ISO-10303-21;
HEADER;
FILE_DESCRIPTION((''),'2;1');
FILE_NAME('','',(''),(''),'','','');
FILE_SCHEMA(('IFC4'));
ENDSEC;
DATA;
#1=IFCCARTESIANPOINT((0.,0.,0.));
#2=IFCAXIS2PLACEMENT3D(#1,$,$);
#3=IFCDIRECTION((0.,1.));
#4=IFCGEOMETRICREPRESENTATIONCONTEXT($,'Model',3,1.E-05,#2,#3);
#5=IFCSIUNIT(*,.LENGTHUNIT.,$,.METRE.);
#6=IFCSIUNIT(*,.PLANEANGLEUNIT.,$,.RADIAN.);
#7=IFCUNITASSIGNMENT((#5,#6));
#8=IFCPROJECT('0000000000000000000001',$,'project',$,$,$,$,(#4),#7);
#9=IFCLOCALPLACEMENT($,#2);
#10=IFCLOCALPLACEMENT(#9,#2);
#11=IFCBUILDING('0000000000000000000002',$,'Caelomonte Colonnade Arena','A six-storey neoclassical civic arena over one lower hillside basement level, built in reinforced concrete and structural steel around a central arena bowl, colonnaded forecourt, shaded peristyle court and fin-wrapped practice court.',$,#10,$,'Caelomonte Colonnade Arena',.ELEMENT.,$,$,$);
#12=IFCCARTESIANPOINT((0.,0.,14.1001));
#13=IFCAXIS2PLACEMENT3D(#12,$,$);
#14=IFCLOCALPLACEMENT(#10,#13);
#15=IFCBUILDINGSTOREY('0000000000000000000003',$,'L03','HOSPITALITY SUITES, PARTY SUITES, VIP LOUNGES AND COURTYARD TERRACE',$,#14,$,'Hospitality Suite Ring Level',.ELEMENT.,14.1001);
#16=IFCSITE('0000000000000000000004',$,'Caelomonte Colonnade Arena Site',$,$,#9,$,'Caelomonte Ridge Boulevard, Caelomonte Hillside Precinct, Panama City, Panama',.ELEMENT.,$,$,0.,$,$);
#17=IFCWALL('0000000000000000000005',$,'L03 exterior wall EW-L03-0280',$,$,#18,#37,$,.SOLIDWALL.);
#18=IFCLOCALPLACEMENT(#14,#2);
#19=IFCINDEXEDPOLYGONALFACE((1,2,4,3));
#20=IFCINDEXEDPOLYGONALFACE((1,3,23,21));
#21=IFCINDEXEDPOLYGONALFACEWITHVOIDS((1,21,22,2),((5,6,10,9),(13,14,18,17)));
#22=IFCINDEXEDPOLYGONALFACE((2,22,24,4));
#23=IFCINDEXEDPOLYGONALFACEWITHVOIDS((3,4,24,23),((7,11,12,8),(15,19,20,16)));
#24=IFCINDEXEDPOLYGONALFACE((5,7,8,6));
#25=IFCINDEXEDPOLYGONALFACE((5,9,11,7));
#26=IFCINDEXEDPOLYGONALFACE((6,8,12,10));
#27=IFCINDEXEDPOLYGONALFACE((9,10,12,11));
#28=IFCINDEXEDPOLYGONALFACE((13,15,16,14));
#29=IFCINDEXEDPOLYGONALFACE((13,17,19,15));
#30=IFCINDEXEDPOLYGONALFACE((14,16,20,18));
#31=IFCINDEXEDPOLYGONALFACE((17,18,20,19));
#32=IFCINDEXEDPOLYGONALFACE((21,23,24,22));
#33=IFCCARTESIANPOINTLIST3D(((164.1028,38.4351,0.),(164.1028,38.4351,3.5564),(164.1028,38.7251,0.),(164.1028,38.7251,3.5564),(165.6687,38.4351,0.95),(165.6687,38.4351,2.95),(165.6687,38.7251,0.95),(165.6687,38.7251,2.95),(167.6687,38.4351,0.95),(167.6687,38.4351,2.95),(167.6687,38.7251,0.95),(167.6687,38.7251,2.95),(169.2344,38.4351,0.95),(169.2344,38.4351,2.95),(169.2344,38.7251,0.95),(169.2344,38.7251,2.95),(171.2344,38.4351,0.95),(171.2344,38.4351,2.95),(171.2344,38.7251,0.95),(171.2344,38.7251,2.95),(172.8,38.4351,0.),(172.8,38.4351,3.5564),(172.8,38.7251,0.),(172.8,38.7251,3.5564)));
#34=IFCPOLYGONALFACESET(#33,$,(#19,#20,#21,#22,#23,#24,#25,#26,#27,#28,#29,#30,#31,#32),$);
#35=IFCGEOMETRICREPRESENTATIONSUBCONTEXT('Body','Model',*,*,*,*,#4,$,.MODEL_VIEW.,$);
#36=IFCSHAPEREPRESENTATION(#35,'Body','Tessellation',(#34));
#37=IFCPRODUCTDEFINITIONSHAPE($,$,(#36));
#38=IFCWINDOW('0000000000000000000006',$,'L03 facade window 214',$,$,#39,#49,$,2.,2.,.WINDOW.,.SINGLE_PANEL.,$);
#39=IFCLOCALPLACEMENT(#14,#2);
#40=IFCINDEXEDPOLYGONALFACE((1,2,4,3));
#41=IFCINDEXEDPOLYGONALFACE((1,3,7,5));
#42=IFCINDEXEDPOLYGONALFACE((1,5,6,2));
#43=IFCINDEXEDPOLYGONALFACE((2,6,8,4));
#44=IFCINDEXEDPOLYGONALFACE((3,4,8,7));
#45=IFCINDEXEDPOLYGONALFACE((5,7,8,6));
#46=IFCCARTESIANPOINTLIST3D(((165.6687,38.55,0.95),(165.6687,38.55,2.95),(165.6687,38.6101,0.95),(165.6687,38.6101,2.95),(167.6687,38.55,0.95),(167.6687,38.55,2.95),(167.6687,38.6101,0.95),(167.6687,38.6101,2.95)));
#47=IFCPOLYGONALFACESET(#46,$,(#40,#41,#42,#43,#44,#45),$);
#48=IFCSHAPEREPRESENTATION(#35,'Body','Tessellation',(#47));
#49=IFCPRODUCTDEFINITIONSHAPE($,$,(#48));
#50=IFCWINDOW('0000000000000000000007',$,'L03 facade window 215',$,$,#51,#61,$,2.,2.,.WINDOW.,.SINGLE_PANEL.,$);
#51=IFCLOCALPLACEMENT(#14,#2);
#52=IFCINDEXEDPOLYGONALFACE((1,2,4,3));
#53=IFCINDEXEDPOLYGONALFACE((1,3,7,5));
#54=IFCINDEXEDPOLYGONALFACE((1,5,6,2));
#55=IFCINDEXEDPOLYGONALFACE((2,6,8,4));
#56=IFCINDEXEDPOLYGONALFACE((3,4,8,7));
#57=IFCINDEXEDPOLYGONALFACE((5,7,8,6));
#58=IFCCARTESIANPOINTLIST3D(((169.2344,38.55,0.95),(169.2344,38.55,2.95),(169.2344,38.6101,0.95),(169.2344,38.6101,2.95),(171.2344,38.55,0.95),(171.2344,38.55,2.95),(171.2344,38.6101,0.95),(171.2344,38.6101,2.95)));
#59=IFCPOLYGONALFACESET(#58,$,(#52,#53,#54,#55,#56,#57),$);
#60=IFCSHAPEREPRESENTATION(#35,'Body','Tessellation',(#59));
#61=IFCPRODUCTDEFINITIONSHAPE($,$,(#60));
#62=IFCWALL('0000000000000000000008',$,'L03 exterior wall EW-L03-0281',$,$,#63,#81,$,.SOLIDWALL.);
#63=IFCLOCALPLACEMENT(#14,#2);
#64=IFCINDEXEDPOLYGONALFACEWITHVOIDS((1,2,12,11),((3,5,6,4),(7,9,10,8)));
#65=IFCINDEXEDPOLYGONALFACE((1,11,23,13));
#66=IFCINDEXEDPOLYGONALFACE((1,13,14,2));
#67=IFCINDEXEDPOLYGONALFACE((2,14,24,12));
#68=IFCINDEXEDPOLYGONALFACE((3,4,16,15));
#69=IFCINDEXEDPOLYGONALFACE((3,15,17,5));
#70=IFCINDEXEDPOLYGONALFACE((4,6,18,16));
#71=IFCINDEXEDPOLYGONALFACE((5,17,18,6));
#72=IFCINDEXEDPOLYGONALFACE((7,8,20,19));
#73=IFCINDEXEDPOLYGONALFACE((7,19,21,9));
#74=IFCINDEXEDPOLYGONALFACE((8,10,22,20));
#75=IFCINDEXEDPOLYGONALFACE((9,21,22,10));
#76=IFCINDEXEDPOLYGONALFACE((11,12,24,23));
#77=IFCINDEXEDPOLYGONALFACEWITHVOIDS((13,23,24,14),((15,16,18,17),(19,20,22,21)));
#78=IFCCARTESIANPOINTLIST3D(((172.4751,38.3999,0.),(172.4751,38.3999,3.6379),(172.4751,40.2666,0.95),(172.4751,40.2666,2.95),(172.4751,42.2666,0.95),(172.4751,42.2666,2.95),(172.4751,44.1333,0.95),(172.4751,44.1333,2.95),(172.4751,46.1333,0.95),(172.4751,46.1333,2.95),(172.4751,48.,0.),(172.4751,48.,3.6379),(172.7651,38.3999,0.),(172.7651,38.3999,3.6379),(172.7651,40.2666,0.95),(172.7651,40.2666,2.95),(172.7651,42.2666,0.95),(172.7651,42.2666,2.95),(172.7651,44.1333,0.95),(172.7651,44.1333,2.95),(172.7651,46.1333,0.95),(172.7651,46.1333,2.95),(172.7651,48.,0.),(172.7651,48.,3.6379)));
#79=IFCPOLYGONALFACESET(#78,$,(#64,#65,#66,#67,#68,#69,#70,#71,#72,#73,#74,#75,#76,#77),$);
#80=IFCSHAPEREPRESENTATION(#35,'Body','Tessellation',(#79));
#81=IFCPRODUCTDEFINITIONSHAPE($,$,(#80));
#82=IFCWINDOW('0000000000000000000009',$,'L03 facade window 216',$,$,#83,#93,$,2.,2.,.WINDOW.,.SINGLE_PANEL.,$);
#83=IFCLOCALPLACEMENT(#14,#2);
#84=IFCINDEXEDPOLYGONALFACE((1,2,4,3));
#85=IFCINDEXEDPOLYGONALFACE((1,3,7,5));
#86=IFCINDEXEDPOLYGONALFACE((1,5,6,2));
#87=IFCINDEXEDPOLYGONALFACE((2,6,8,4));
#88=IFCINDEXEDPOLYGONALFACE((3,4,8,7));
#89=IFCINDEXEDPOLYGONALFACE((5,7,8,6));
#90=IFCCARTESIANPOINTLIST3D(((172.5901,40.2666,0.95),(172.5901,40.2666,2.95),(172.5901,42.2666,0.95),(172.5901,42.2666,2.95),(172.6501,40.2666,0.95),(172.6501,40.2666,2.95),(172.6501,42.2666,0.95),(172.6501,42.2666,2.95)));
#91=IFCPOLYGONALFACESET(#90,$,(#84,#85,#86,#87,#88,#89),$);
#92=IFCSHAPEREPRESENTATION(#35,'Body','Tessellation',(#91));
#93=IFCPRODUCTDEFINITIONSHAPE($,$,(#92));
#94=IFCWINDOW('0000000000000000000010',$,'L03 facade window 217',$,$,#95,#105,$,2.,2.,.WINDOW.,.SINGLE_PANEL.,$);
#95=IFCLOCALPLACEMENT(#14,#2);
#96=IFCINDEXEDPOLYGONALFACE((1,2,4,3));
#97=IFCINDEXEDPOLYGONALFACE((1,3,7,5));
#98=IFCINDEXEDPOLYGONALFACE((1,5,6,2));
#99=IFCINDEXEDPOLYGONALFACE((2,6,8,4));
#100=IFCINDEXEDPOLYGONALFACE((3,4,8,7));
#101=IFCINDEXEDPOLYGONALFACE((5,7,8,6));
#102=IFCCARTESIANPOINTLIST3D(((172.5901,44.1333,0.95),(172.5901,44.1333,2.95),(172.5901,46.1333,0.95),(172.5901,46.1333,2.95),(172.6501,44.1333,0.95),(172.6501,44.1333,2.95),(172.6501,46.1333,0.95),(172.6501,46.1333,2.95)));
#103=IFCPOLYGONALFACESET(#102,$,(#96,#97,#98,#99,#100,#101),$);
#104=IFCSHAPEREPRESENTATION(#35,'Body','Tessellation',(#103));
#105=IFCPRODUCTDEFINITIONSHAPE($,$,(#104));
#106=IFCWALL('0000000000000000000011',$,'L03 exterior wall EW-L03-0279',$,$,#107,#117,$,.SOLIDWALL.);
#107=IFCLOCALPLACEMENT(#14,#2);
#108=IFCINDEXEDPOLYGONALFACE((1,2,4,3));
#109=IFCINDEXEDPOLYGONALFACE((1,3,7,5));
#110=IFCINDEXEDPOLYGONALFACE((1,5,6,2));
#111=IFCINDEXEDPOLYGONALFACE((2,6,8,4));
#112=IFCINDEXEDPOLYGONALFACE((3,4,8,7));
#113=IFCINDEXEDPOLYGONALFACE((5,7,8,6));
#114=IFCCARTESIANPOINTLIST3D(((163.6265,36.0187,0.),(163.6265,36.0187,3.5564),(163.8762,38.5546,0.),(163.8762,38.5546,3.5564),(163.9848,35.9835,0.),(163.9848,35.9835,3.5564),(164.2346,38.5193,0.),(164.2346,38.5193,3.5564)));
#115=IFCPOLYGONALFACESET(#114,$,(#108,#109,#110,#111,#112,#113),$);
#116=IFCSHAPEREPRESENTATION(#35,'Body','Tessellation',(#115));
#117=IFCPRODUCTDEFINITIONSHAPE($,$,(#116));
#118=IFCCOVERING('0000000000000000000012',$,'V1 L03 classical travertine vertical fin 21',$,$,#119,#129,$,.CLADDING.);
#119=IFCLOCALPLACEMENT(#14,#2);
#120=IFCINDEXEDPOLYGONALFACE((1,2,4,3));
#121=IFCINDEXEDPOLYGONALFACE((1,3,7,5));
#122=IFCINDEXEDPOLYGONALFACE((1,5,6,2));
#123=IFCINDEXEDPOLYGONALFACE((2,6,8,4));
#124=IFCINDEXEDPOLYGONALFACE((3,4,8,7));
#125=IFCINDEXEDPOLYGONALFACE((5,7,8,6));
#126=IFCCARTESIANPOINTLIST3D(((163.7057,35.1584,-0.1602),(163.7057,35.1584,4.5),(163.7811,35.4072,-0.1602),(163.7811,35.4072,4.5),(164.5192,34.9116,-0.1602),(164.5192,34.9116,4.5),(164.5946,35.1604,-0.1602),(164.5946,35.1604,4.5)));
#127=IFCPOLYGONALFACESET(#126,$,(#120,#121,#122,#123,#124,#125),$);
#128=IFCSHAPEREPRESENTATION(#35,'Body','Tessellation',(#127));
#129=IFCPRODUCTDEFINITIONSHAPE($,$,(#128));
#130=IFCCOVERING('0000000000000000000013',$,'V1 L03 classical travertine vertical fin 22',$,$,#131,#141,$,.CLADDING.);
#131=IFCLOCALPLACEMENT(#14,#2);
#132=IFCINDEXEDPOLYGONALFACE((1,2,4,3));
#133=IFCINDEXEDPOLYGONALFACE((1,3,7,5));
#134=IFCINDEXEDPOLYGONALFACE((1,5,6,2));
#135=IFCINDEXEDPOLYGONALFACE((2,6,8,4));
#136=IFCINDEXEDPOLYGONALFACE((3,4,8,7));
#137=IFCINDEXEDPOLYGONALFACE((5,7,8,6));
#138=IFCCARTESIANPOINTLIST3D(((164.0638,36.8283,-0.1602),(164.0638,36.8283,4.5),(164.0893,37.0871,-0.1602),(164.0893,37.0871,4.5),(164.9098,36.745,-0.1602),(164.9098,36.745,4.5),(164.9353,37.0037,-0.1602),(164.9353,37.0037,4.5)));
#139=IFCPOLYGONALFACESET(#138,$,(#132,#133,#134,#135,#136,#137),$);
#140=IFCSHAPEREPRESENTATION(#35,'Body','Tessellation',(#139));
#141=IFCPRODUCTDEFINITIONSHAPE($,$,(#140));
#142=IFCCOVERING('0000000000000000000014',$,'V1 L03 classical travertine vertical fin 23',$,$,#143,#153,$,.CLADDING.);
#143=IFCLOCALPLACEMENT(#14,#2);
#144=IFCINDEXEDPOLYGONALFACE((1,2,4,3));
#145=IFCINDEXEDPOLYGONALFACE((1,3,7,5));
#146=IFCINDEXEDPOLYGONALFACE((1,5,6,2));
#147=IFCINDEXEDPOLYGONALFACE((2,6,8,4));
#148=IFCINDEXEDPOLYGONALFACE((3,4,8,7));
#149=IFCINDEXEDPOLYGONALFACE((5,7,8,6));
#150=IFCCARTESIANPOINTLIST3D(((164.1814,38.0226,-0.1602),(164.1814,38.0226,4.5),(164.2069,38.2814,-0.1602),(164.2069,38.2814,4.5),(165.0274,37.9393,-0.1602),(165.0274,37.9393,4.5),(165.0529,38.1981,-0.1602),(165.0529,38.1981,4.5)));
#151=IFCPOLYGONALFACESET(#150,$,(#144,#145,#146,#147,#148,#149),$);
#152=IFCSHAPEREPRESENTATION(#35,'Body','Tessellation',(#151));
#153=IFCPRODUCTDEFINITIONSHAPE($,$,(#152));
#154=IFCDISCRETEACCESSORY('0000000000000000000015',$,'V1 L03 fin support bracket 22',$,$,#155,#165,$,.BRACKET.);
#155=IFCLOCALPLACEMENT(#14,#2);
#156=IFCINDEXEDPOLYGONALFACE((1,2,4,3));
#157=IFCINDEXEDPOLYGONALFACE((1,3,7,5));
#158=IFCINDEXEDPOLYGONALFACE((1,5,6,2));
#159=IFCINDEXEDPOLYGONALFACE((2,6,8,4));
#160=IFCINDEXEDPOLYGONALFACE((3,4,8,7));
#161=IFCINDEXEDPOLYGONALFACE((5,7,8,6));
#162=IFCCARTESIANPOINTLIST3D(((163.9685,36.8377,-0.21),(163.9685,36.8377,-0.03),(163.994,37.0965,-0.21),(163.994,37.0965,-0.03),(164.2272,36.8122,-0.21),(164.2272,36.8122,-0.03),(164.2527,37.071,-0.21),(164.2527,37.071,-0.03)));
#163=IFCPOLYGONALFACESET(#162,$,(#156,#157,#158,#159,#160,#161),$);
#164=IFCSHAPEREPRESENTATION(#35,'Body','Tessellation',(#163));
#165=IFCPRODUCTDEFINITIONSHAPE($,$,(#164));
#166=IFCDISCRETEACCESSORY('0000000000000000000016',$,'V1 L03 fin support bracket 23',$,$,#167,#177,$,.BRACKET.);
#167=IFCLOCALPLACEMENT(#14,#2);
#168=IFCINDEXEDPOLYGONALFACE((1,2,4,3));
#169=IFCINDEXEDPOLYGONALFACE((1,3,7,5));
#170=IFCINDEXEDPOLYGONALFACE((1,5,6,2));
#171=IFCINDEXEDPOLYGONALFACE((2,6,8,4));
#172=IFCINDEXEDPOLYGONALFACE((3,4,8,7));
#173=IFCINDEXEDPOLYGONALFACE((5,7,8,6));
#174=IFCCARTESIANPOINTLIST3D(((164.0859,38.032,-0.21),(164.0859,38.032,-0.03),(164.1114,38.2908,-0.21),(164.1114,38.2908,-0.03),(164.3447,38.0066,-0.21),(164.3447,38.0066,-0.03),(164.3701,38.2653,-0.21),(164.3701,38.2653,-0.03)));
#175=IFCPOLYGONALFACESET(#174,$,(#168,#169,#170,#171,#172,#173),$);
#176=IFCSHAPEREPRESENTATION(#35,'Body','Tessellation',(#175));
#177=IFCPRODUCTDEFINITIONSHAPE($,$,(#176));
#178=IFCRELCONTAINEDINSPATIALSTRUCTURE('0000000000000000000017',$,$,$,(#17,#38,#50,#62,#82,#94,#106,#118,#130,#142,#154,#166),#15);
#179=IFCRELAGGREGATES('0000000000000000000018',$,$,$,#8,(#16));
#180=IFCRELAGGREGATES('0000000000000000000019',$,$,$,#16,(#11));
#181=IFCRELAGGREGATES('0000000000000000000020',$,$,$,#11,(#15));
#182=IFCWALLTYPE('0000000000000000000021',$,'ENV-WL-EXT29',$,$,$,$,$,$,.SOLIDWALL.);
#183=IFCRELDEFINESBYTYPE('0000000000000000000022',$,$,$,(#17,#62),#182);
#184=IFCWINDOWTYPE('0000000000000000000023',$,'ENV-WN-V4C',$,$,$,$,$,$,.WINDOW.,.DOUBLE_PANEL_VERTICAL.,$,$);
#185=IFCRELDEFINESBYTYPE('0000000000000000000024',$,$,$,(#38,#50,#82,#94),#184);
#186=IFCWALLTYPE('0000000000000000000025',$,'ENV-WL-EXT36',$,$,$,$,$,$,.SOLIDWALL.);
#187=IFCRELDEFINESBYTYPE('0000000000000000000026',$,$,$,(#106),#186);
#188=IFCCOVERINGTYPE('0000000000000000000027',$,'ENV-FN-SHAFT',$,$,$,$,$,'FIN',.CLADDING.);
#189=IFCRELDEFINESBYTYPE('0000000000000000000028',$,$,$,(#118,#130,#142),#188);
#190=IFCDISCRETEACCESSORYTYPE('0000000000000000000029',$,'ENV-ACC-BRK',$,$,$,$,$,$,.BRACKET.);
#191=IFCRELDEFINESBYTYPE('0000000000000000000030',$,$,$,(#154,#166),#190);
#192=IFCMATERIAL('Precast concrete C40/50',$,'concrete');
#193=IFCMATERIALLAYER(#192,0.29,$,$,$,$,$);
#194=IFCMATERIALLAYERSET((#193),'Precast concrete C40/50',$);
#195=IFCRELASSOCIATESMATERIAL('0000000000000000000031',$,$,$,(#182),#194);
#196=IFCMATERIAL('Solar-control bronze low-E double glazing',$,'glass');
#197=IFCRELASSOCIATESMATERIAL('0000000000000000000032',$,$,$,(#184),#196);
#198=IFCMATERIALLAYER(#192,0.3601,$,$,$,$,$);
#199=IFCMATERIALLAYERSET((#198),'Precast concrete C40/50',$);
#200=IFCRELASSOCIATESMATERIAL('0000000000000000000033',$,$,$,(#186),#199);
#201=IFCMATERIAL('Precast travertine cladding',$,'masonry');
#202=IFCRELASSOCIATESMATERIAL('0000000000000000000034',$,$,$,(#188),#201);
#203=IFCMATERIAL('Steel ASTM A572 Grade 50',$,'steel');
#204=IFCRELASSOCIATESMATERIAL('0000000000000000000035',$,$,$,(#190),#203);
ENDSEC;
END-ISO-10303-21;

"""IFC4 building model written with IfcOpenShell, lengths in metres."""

from ifc_helpers import new_model, si_unit, direction, frame, frame_2d, origin, origin_2d, place, context, subcontext, project, spatial, rectangle, extrude, material, layer, layer_set, material_profile, profile_set, type_object, element, fill, save


model = new_model("IFC4")

# Units and contexts
model_context = context("Model", 3, precision=1e-05, world=origin(), true_north=direction((0.0, 1.0)))
body_context = subcontext(model_context, "Body", "Model", "MODEL_VIEW")
ifc_project = project(units=[si_unit("LENGTHUNIT", "METRE"), si_unit("PLANEANGLEUNIT", "RADIAN")], contexts=[model_context])

# Site, building, storey
site_placement = place(None, origin())
site = spatial("IfcSite", under=ifc_project, at=site_placement, Name="Caelomonte Colonnade Arena Site", LongName="Caelomonte Ridge Boulevard, Caelomonte Hillside Precinct, Panama City, Panama", CompositionType="ELEMENT", RefElevation=0.0)
building_placement = place(site_placement, origin())
building = spatial("IfcBuilding", under=site, at=building_placement, Name="Caelomonte Colonnade Arena", Description="A six-storey neoclassical civic arena over one lower hillside basement level, built in reinforced concrete and structural steel around a central arena bowl, colonnaded forecourt, shaded peristyle court and fin-wrapped practice court.", LongName="Caelomonte Colonnade Arena", CompositionType="ELEMENT")
storey_placement = place(building_placement, frame((0.0, 0.0, 14.1001)))
storey = spatial("IfcBuildingStorey", under=building, at=storey_placement, Name="L03", Description="HOSPITALITY SUITES, PARTY SUITES, VIP LOUNGES AND COURTYARD TERRACE", LongName="Hospitality Suite Ring Level", CompositionType="ELEMENT", Elevation=14.1001)

# Walls, openings, windows
ifc_material_1 = material(Name="Precast concrete C40/50", Category="concrete")
ifc_layer_1 = layer(ifc_material_1, 0.29)
ifc_layer_set_1 = layer_set([ifc_layer_1], Name="Precast concrete C40/50")
wall_type_1 = type_object("IfcWallType", Name="ENV-WL-EXT29", PredefinedType="SOLIDWALL", material=ifc_layer_set_1)
wall_1_placement = place(storey_placement, frame((164.1028, 38.5801, 0.0), z_axis=(0.0, 0.0, 1.0), x_axis=(1.0, 0.0, 0.0)))
wall_1 = element("IfcWall", 1, at=wall_1_placement, inside=storey, type_object=wall_type_1, Name="L03 exterior wall EW-L03-0280", PredefinedType="SOLIDWALL", context=body_context, shape_type="SweptSolid", body=[
    extrude(rectangle(XDim=8.6973, YDim=0.29, at=frame_2d((4.3486, 0.0))), origin(), (0.0, 0.0, 1.0), 3.5564),
])
opening_1_placement = place(wall_1_placement, frame((3.5659, 0.0, 0.95), z_axis=(0.0, 0.0, 1.0), x_axis=(-1.0, 0.0, 0.0)))
opening_1 = element("IfcOpeningElement", 2, at=opening_1_placement, cuts=wall_1, PredefinedType="OPENING", context=body_context, shape_type="SweptSolid", body=[
    extrude(rectangle(XDim=2.0, YDim=2.0, at=frame_2d((1.0, 1.0))), frame((0.0, 0.155, 0.0), z_axis=(0.0, -1.0, 0.0), x_axis=(1.0, 0.0, 0.0)), (0.0, 0.0, 1.0), 0.3101),
])
opening_2_placement = place(wall_1_placement, frame((7.1316, 0.0, 0.95), z_axis=(0.0, 0.0, 1.0), x_axis=(-1.0, 0.0, 0.0)))
opening_2 = element("IfcOpeningElement", 3, at=opening_2_placement, cuts=wall_1, PredefinedType="OPENING", context=body_context, shape_type="SweptSolid", body=[
    extrude(rectangle(XDim=2.0, YDim=2.0, at=frame_2d((1.0, 1.0))), frame((0.0, 0.155, 0.0), z_axis=(0.0, -1.0, 0.0), x_axis=(1.0, 0.0, 0.0)), (0.0, 0.0, 1.0), 0.3101),
])
ifc_material_2 = material(Name="Solar-control bronze low-E double glazing", Category="glass")
window_type = type_object("IfcWindowType", Name="ENV-WN-V4C", PartitioningType="DOUBLE_PANEL_VERTICAL", PredefinedType="WINDOW", material=ifc_material_2)
window_1_placement = place(opening_1_placement, origin())
window_1 = element("IfcWindow", 4, at=window_1_placement, inside=storey, type_object=window_type, Name="L03 facade window 214", OverallHeight=2.0, OverallWidth=2.0, PartitioningType="SINGLE_PANEL", PredefinedType="WINDOW", context=body_context, shape_type="SweptSolid", body=[
    extrude(rectangle(XDim=2.0, YDim=2.0, at=frame_2d((1.0, 1.0))), frame((0.0, 0.03, 0.0), z_axis=(0.0, -1.0, 0.0), x_axis=(1.0, 0.0, 0.0)), (0.0, 0.0, 1.0), 0.0601),
])
fill(opening_1, window_1)
window_2_placement = place(opening_2_placement, origin())
window_2 = element("IfcWindow", 5, at=window_2_placement, inside=storey, type_object=window_type, Name="L03 facade window 215", OverallHeight=2.0, OverallWidth=2.0, PartitioningType="SINGLE_PANEL", PredefinedType="WINDOW", context=body_context, shape_type="SweptSolid", body=[
    extrude(rectangle(XDim=2.0, YDim=2.0, at=frame_2d((1.0, 1.0))), frame((0.0, 0.03, 0.0), z_axis=(0.0, -1.0, 0.0), x_axis=(1.0, 0.0, 0.0)), (0.0, 0.0, 1.0), 0.0601),
])
fill(opening_2, window_2)
wall_2_placement = place(storey_placement, frame((172.6201, 38.3999, 0.0), z_axis=(0.0, 0.0, 1.0), x_axis=(0.0, 1.0, 0.0)))
wall_2 = element("IfcWall", 6, at=wall_2_placement, inside=storey, type_object=wall_type_1, Name="L03 exterior wall EW-L03-0281", PredefinedType="SOLIDWALL", context=body_context, shape_type="SweptSolid", body=[
    extrude(rectangle(XDim=9.6001, YDim=0.29, at=frame_2d((4.8, 0.0))), origin(), (0.0, 0.0, 1.0), 3.6379),
])
opening_3_placement = place(wall_2_placement, frame((3.8667, 0.0, 0.95), z_axis=(0.0, 0.0, 1.0), x_axis=(-1.0, 0.0, 0.0)))
opening_3 = element("IfcOpeningElement", 7, at=opening_3_placement, cuts=wall_2, PredefinedType="OPENING", context=body_context, shape_type="SweptSolid", body=[
    extrude(rectangle(XDim=2.0, YDim=2.0, at=frame_2d((1.0, 1.0))), frame((0.0, 0.155, 0.0), z_axis=(0.0, -1.0, 0.0), x_axis=(1.0, 0.0, 0.0)), (0.0, 0.0, 1.0), 0.3101),
])
opening_4_placement = place(wall_2_placement, frame((7.7334, 0.0, 0.95), z_axis=(0.0, 0.0, 1.0), x_axis=(-1.0, 0.0, 0.0)))
opening_4 = element("IfcOpeningElement", 8, at=opening_4_placement, cuts=wall_2, PredefinedType="OPENING", context=body_context, shape_type="SweptSolid", body=[
    extrude(rectangle(XDim=2.0, YDim=2.0, at=frame_2d((1.0, 1.0))), frame((0.0, 0.155, 0.0), z_axis=(0.0, -1.0, 0.0), x_axis=(1.0, 0.0, 0.0)), (0.0, 0.0, 1.0), 0.3101),
])
window_3_placement = place(opening_3_placement, origin())
window_3 = element("IfcWindow", 9, at=window_3_placement, inside=storey, type_object=window_type, Name="L03 facade window 216", OverallHeight=2.0, OverallWidth=2.0, PartitioningType="SINGLE_PANEL", PredefinedType="WINDOW", context=body_context, shape_type="SweptSolid", body=[
    extrude(rectangle(XDim=2.0, YDim=2.0, at=frame_2d((1.0, 1.0))), frame((0.0, 0.03, 0.0), z_axis=(0.0, -1.0, 0.0), x_axis=(1.0, 0.0, 0.0)), (0.0, 0.0, 1.0), 0.0601),
])
fill(opening_3, window_3)
window_4_placement = place(opening_4_placement, origin())
window_4 = element("IfcWindow", 10, at=window_4_placement, inside=storey, type_object=window_type, Name="L03 facade window 217", OverallHeight=2.0, OverallWidth=2.0, PartitioningType="SINGLE_PANEL", PredefinedType="WINDOW", context=body_context, shape_type="SweptSolid", body=[
    extrude(rectangle(XDim=2.0, YDim=2.0, at=frame_2d((1.0, 1.0))), frame((0.0, 0.03, 0.0), z_axis=(0.0, -1.0, 0.0), x_axis=(1.0, 0.0, 0.0)), (0.0, 0.0, 1.0), 0.0601),
])
fill(opening_4, window_4)

# Wall
ifc_layer_2 = layer(ifc_material_1, 0.3601)
ifc_layer_set_2 = layer_set([ifc_layer_2], Name="Precast concrete C40/50")
wall_type_2 = type_object("IfcWallType", Name="ENV-WL-EXT36", PredefinedType="SOLIDWALL", material=ifc_layer_set_2)
wall_3_placement = place(storey_placement, frame((163.8057, 36.0012, 0.0), z_axis=(0.0, 0.0, 1.0), x_axis=(0.098014, 0.995185, 0.0)))
element("IfcWall", 11, at=wall_3_placement, inside=storey, type_object=wall_type_2, Name="L03 exterior wall EW-L03-0279", PredefinedType="SOLIDWALL", context=body_context, shape_type="SweptSolid", body=[
    extrude(rectangle(XDim=2.5481, YDim=0.3601, at=frame_2d((1.2739, 0.0))), origin(), (0.0, 0.0, 1.0), 3.5564),
])

# Coverings
ifc_material_3 = material(Name="Precast travertine cladding", Category="masonry")
ifc_material_profile_1 = material_profile(ifc_material_3, rectangle(XDim=0.26, YDim=0.8501, at=origin_2d()), Name="FIN260X850")
ifc_profile_set_1 = profile_set([ifc_material_profile_1], Name="Precast travertine cladding")
covering_type = type_object("IfcCoveringType", Name="ENV-FN-SHAFT", ElementType="FIN", PredefinedType="CLADDING", material=ifc_profile_set_1)
for number, where, z_axis, x_axis, name in (
    (12, (164.1501, 35.1594, -0.1602), (0.0, 0.0, 1.0), (-0.290276, -0.956943, 0.0), "V1 L03 classical travertine vertical fin 21"),
    (13, (164.4995, 36.916, -0.1602), (0.0, 0.0, 1.0), (-0.098015, -0.995185, 0.0), "V1 L03 classical travertine vertical fin 22"),
    (14, (164.6172, 38.1104, -0.1602), (0.0, 0.0, 1.0), (-0.098015, -0.995185, 0.0), "V1 L03 classical travertine vertical fin 23"),
):
    element("IfcCovering", number, at=place(storey_placement, frame(where, z_axis=z_axis, x_axis=x_axis)), inside=storey, type_object=covering_type, Name=name, PredefinedType="CLADDING", context=body_context, shape_type="SweptSolid", body=[
        extrude(rectangle(XDim=0.26, YDim=0.8501, at=origin_2d()), origin(), (0.0, 0.0, 1.0), 4.6602),
    ])

# Discrete accessories
ifc_material_4 = material(Name="Steel ASTM A572 Grade 50", Category="steel")
discrete_accessory_type = type_object("IfcDiscreteAccessoryType", Name="ENV-ACC-BRK", PredefinedType="BRACKET", material=ifc_material_4)
for number, where, z_axis, x_axis, name in (
    (15, (164.1106, 36.9543, -0.21), (0.0, 0.0, 1.0), (0.098015, 0.995185, 0.0), "V1 L03 fin support bracket 22"),
    (16, (164.228, 38.1487, -0.21), (0.0, 0.0, 1.0), (0.098015, 0.995185, 0.0), "V1 L03 fin support bracket 23"),
):
    element("IfcDiscreteAccessory", number, at=place(storey_placement, frame(where, z_axis=z_axis, x_axis=x_axis)), inside=storey, type_object=discrete_accessory_type, Name=name, PredefinedType="BRACKET", context=body_context, shape_type="SweptSolid", body=[
        extrude(rectangle(XDim=0.26, YDim=0.26, at=origin_2d()), origin(), (0.0, 0.0, 1.0), 0.1799),
    ])

save(model, "model.ifc")
